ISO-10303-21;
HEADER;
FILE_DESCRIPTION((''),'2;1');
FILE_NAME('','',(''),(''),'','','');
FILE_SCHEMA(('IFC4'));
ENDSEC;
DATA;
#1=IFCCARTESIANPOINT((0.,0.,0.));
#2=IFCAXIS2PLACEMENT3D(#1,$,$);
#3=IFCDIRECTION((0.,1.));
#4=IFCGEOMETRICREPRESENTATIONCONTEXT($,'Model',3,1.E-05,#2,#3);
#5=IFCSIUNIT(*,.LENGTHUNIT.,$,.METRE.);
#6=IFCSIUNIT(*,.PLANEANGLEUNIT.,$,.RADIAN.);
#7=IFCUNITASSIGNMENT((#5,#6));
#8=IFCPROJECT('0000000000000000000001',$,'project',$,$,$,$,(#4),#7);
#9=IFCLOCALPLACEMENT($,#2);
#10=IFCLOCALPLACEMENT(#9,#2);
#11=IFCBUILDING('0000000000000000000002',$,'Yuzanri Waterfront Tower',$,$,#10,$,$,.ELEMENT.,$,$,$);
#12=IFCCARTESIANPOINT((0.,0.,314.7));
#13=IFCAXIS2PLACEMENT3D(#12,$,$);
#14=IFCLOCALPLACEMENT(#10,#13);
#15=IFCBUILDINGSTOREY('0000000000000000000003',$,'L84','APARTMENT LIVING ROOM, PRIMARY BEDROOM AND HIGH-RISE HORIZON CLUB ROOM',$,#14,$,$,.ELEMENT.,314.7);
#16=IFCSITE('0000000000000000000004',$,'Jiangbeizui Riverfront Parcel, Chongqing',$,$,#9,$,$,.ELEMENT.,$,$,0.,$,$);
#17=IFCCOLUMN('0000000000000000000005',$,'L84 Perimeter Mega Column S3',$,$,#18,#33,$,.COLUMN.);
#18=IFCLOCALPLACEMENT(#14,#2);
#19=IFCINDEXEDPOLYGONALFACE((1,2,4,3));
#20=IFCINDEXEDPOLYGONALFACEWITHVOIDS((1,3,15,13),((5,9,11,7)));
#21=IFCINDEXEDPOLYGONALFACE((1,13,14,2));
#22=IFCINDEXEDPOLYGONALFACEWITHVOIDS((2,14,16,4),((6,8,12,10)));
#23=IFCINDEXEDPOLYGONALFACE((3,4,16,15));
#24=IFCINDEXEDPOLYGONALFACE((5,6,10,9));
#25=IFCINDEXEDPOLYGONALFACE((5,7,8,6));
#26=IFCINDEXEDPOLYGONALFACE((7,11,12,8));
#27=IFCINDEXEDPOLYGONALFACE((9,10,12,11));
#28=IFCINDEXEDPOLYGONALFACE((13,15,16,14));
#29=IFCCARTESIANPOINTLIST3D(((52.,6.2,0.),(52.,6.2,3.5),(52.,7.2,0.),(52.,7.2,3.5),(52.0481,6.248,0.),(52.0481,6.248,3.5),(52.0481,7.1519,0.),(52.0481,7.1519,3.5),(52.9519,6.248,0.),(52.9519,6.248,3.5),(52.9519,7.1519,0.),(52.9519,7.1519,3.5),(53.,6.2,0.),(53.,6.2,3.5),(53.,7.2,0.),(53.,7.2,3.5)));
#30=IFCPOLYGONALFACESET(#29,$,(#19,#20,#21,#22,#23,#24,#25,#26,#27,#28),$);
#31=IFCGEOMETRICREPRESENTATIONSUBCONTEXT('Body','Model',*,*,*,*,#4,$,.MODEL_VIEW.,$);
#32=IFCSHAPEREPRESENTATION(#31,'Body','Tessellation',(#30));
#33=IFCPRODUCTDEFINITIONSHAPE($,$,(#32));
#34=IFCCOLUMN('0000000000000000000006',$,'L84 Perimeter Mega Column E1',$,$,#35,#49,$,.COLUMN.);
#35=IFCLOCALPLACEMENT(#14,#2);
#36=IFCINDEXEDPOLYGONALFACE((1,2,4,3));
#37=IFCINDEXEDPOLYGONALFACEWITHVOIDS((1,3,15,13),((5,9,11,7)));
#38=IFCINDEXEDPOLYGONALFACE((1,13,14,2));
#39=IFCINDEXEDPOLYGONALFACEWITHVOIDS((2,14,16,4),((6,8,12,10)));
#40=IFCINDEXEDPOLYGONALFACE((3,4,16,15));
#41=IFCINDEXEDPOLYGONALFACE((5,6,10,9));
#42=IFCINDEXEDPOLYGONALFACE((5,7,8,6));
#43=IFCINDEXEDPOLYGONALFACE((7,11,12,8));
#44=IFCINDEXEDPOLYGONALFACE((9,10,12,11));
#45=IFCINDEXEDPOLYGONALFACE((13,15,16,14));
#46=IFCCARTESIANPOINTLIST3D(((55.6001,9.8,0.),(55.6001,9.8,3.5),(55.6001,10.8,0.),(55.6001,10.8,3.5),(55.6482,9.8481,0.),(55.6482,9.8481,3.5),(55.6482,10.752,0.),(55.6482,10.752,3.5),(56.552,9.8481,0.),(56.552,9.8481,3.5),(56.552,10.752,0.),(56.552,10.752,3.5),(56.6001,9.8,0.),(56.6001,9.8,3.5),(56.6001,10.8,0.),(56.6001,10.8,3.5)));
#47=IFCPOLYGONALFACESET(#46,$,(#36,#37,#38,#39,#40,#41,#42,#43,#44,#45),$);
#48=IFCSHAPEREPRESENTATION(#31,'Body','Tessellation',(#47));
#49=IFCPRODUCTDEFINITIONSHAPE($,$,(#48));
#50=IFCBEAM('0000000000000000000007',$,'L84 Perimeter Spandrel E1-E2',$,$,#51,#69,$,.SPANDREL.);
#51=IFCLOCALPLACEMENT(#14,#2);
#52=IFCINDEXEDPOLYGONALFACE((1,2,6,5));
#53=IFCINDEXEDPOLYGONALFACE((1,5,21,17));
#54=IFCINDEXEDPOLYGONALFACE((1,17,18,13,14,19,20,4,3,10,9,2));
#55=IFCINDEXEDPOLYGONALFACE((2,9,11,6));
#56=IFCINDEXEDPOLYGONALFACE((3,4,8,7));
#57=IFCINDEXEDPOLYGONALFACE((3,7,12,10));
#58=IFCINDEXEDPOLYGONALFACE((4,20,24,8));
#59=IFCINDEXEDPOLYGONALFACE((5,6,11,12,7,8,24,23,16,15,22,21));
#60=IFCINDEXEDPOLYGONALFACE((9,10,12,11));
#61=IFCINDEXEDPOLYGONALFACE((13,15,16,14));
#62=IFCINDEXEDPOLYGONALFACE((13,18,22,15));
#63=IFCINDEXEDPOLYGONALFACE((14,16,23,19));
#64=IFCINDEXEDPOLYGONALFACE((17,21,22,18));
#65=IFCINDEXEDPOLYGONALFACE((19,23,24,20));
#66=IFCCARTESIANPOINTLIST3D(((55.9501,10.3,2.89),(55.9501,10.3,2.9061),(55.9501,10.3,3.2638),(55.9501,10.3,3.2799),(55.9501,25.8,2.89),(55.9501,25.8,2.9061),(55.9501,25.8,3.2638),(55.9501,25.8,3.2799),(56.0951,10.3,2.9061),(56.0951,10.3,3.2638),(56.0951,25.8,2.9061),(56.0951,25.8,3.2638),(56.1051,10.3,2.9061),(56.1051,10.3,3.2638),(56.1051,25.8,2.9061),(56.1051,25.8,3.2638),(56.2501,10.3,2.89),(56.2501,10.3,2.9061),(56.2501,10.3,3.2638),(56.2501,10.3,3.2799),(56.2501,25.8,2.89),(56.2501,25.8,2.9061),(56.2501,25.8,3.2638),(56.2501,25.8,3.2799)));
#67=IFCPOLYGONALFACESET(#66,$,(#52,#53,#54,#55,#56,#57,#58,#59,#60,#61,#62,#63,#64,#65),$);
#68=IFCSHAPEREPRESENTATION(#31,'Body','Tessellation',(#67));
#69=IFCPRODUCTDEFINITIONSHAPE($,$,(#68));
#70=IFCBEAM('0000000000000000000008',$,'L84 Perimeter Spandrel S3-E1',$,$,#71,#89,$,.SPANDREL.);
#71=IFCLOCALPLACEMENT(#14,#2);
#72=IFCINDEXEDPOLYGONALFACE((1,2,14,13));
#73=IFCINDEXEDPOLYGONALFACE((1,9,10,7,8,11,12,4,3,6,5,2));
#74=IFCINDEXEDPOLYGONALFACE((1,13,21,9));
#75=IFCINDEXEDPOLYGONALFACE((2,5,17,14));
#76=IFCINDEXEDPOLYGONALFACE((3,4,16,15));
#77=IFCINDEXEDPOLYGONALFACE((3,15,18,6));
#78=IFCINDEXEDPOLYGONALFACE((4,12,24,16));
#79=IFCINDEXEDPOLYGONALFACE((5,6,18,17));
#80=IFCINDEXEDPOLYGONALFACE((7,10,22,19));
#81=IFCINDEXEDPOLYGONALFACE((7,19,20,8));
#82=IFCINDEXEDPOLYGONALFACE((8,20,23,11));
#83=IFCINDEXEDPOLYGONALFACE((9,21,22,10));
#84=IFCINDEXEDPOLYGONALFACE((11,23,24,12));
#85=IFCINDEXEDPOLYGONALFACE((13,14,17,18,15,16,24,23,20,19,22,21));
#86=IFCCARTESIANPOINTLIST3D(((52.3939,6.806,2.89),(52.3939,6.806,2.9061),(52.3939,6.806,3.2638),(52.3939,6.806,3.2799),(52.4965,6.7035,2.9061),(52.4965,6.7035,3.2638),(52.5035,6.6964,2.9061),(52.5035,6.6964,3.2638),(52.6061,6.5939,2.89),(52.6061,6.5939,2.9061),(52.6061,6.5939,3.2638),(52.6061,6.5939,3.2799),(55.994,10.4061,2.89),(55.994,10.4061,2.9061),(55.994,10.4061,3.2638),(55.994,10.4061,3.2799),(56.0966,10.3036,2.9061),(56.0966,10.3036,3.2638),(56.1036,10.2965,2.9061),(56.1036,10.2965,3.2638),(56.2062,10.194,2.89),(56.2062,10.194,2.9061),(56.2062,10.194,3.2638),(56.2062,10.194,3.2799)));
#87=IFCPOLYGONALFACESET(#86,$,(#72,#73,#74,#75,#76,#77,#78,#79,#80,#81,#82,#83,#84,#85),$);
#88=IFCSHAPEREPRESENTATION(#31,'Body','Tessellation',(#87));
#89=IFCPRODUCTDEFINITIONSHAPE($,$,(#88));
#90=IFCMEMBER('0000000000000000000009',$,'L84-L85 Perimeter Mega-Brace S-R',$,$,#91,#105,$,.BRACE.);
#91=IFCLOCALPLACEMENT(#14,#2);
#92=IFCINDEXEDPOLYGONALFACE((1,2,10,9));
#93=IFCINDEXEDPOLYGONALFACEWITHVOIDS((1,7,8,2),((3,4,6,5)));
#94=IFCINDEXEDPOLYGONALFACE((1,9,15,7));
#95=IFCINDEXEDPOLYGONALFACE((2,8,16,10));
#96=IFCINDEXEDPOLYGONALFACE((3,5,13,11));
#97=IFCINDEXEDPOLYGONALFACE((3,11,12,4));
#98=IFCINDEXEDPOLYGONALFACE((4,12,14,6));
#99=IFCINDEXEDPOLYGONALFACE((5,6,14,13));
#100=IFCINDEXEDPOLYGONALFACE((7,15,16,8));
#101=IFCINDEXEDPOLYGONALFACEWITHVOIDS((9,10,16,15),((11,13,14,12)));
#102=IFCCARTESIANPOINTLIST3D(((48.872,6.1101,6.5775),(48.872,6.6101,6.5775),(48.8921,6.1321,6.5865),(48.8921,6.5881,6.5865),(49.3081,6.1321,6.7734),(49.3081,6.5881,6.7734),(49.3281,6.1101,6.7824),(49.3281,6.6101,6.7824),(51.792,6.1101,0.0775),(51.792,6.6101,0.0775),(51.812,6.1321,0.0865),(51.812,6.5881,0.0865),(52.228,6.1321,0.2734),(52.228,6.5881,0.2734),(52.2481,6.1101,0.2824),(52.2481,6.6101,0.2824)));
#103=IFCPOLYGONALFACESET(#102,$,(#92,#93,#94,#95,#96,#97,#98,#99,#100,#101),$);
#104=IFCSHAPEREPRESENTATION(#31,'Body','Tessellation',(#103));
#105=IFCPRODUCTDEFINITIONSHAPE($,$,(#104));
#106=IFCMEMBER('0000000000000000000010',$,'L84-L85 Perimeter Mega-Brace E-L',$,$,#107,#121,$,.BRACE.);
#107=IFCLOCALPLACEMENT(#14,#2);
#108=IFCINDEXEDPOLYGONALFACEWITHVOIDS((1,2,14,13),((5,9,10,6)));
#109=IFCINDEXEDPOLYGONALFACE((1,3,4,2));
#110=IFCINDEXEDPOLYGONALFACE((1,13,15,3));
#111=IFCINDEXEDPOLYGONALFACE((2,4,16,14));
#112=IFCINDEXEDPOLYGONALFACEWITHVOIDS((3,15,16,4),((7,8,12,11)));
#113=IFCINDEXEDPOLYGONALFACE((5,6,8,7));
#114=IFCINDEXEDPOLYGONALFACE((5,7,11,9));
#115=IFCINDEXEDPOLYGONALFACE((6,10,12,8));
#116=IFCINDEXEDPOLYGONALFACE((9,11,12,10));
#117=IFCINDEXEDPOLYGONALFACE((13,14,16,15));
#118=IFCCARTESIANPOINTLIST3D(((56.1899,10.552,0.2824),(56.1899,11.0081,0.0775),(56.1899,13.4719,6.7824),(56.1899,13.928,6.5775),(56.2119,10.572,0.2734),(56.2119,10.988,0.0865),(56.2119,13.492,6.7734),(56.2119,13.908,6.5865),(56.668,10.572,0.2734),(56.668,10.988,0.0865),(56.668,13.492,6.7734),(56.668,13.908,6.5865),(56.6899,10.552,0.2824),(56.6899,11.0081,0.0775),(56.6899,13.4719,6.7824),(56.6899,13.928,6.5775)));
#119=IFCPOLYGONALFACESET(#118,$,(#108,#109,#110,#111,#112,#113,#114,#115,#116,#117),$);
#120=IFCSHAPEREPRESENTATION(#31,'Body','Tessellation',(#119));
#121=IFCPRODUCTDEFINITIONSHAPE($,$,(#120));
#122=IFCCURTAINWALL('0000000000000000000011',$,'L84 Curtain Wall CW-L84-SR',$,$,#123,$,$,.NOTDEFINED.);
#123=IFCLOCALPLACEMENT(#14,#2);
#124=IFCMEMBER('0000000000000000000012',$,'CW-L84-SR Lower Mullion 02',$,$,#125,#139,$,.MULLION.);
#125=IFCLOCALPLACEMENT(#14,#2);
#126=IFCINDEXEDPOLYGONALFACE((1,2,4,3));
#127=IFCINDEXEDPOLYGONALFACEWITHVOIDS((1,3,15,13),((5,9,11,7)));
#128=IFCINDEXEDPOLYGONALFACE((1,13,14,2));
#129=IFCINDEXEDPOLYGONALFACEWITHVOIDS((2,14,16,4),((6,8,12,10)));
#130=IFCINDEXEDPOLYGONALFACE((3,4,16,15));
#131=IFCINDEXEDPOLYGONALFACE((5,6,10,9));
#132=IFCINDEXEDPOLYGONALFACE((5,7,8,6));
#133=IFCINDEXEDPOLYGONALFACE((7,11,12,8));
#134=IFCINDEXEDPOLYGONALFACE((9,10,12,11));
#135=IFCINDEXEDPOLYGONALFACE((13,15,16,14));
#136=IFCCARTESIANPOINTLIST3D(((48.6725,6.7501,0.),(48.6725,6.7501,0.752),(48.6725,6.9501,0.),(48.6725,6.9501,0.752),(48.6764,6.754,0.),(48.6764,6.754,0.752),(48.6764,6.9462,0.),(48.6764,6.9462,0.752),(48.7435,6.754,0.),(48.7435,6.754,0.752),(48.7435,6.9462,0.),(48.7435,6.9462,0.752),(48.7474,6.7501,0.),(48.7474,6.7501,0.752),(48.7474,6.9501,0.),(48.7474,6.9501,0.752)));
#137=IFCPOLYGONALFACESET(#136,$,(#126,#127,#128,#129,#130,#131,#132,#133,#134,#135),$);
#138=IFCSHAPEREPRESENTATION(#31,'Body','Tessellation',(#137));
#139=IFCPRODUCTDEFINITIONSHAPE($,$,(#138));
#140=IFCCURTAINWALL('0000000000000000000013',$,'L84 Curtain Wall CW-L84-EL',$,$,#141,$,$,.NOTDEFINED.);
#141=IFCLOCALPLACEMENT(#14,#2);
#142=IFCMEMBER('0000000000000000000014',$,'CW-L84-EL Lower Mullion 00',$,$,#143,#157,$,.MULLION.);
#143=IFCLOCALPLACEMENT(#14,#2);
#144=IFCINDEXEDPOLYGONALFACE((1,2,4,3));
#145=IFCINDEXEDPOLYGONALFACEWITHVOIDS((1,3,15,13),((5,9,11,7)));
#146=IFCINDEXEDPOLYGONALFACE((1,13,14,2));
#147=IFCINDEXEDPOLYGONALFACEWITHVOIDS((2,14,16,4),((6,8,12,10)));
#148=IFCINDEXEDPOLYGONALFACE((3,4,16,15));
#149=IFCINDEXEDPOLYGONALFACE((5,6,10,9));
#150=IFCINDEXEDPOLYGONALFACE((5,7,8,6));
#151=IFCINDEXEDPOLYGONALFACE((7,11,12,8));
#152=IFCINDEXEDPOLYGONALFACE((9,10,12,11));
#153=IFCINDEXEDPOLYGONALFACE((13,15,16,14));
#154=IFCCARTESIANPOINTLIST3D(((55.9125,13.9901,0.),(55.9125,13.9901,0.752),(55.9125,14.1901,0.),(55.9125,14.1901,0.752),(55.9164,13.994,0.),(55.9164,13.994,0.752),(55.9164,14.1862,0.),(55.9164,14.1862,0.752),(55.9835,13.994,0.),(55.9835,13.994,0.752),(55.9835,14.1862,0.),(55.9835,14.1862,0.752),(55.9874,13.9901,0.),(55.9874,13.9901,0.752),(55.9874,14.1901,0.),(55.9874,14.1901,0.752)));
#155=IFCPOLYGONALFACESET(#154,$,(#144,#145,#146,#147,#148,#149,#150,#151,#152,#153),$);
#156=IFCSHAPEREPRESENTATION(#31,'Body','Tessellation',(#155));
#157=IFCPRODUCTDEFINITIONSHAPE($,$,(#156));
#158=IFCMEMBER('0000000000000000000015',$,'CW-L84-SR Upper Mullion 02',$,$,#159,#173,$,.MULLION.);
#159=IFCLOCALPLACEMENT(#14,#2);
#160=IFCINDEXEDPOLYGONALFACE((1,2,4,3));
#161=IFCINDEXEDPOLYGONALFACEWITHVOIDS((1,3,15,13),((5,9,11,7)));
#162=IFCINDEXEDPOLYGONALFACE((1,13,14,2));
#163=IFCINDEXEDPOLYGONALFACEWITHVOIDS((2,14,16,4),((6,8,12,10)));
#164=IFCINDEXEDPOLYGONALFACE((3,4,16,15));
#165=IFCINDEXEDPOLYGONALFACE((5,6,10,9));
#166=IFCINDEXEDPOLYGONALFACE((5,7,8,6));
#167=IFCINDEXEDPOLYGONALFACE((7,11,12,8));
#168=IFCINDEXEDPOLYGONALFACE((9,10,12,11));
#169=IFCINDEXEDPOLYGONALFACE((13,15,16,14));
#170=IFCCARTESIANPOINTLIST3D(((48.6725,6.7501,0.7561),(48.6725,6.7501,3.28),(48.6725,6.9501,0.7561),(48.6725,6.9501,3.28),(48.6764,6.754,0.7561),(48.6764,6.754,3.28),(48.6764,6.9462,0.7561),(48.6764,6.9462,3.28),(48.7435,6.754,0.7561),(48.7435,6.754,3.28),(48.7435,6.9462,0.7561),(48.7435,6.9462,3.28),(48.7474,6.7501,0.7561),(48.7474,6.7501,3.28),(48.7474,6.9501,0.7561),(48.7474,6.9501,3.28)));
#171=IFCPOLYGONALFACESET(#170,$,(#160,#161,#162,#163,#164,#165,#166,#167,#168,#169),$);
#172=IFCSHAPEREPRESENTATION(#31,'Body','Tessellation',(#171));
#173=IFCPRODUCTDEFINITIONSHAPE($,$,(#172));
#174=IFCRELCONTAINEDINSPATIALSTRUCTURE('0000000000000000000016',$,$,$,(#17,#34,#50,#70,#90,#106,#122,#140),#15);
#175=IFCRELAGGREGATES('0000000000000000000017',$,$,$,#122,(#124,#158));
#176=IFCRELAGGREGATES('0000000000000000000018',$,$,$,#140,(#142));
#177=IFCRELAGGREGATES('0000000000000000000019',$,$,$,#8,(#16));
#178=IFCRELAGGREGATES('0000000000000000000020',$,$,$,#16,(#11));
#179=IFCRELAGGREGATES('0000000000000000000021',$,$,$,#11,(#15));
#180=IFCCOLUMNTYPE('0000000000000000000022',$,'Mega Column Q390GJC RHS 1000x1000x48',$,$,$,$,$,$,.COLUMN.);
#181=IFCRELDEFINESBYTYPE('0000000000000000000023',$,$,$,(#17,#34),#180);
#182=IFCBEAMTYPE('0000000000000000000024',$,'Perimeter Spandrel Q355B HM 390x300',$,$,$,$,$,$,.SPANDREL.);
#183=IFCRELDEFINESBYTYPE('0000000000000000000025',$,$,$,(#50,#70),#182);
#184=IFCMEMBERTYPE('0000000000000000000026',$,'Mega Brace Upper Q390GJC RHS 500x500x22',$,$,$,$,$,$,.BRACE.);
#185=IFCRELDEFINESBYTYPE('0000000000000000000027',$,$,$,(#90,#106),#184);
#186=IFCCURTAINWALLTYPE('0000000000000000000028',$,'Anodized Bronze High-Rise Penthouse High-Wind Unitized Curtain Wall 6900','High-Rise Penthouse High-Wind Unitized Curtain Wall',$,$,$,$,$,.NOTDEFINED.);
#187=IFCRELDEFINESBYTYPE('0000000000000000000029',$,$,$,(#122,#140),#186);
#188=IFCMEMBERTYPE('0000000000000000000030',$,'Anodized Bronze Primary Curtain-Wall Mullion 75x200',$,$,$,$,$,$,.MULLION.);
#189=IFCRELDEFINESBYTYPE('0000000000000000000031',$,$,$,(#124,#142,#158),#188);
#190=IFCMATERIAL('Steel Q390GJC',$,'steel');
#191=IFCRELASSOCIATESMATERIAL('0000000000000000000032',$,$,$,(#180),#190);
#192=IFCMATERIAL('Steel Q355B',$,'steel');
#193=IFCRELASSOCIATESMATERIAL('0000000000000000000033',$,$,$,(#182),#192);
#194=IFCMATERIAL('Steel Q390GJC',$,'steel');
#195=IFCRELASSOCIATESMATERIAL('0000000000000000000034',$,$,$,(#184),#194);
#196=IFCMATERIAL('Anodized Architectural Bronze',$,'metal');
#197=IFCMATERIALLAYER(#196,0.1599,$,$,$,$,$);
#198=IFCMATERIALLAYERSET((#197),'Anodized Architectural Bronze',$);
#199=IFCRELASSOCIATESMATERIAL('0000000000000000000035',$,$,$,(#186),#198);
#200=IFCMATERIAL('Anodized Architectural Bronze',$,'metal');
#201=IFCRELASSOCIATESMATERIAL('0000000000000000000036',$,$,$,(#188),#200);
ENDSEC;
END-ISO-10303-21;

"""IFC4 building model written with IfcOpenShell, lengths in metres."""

from ifc_helpers import new_model, si_unit, direction, frame, origin, origin_2d, place, context, subcontext, project, spatial, hollow_rectangle, i_section, extrude, source, transform, mapped, material, layer, layer_set, material_profile, profile_set, type_object, element, aggregate, save


model = new_model("IFC4")

# Units and contexts
model_context = context("Model", 3, precision=1e-05, world=origin(), true_north=direction((0.0, 1.0)))
body_context = subcontext(model_context, "Body", "Model", "MODEL_VIEW")
ifc_project = project(units=[si_unit("LENGTHUNIT", "METRE"), si_unit("PLANEANGLEUNIT", "RADIAN")], contexts=[model_context])

# Site, building, storey
site_placement = place(None, origin())
site = spatial("IfcSite", under=ifc_project, at=site_placement, Name="Jiangbeizui Riverfront Parcel, Chongqing", CompositionType="ELEMENT", RefElevation=0.0)
building_placement = place(site_placement, origin())
building = spatial("IfcBuilding", under=site, at=building_placement, Name="Yuzanri Waterfront Tower", CompositionType="ELEMENT")
storey_placement = place(building_placement, frame((0.0, 0.0, 314.7)))
storey = spatial("IfcBuildingStorey", under=building, at=storey_placement, Name="L84", Description="APARTMENT LIVING ROOM, PRIMARY BEDROOM AND HIGH-RISE HORIZON CLUB ROOM", CompositionType="ELEMENT", Elevation=314.7)

# Columns
ifc_material_1 = material(Name="Steel Q390GJC", Category="steel")
ifc_material_profile_1 = material_profile(ifc_material_1, hollow_rectangle(XDim=1.0, YDim=1.0, WallThickness=0.0481, at=origin_2d()), Name="RHS 1000x1000x48")
ifc_profile_set_1 = profile_set([ifc_material_profile_1], Name="Steel Q390GJC")
column_type = type_object("IfcColumnType", Name="Mega Column Q390GJC RHS 1000x1000x48", PredefinedType="COLUMN", material=ifc_profile_set_1)
shared_shape_1 = source(origin(), body_context, "Body", "SweptSolid", [
    extrude(hollow_rectangle(XDim=1.0, YDim=1.0, WallThickness=0.0481, at=origin_2d()), origin(), (0.0, 0.0, 1.0), 3.5),
])
for number, where, z_axis, x_axis, name in (
    (1, (52.5, 6.7, 0.0), (0.0, 0.0, 1.0), (1.0, 0.0, 0.0), "L84 Perimeter Mega Column S3"),
    (2, (56.1001, 10.3, 0.0), (0.0, 0.0, 1.0), (1.0, 0.0, 0.0), "L84 Perimeter Mega Column E1"),
):
    element("IfcColumn", number, at=place(storey_placement, frame(where, z_axis=z_axis, x_axis=x_axis)), inside=storey, type_object=column_type, Name=name, PredefinedType="COLUMN", context=body_context, shape_type="MappedRepresentation", body=[
        mapped(shared_shape_1, transform((0.0, 0.0, 0.0), scale=1.0)),
    ])

# Beams
ifc_material_2 = material(Name="Steel Q355B", Category="steel")
ifc_material_profile_2 = material_profile(ifc_material_2, i_section(OverallWidth=0.3, OverallDepth=0.3899, WebThickness=0.01, FlangeThickness=0.0161, at=origin_2d()), Name="HM 390x300x10x16")
ifc_profile_set_2 = profile_set([ifc_material_profile_2], Name="Steel Q355B")
beam_type = type_object("IfcBeamType", Name="Perimeter Spandrel Q355B HM 390x300", PredefinedType="SPANDREL", material=ifc_profile_set_2)
shared_shape_2 = source(origin(), body_context, "Body", "SweptSolid", [
    extrude(i_section(OverallWidth=0.3, OverallDepth=0.3899, WebThickness=0.01, FlangeThickness=0.0161, at=origin_2d()), origin(), (0.0, 0.0, 1.0), 15.5),
])
beam_1_placement = place(storey_placement, frame((56.1001, 10.3, 3.085), z_axis=(0.0, 1.0, 0.0), x_axis=(-1.0, 0.0, 0.0)))
element("IfcBeam", 3, at=beam_1_placement, inside=storey, type_object=beam_type, Name="L84 Perimeter Spandrel E1-E2", PredefinedType="SPANDREL", context=body_context, shape_type="MappedRepresentation", body=[
    mapped(shared_shape_2, transform((0.0, 0.0, 0.0), scale=1.0)),
])
shared_shape_3 = source(origin(), body_context, "Body", "SweptSolid", [
    extrude(i_section(OverallWidth=0.3, OverallDepth=0.3899, WebThickness=0.01, FlangeThickness=0.0161, at=origin_2d()), origin(), (0.0, 0.0, 1.0), 5.0913),
])
beam_2_placement = place(storey_placement, frame((52.5, 6.7, 3.085), z_axis=(0.707107, 0.707107, 0.0), x_axis=(-0.707107, 0.707107, 0.0)))
element("IfcBeam", 4, at=beam_2_placement, inside=storey, type_object=beam_type, Name="L84 Perimeter Spandrel S3-E1", PredefinedType="SPANDREL", context=body_context, shape_type="MappedRepresentation", body=[
    mapped(shared_shape_3, transform((0.0, 0.0, 0.0), scale=1.0)),
])

# Members
ifc_material_3 = material(Name="Steel Q390GJC", Category="steel")
ifc_material_profile_3 = material_profile(ifc_material_3, hollow_rectangle(XDim=0.5, YDim=0.5, WallThickness=0.022, at=origin_2d()), Name="RHS 500x500x22")
ifc_profile_set_3 = profile_set([ifc_material_profile_3], Name="Steel Q390GJC")
member_type_1 = type_object("IfcMemberType", Name="Mega Brace Upper Q390GJC RHS 500x500x22", PredefinedType="BRACE", material=ifc_profile_set_3)
shared_shape_4 = source(origin(), body_context, "Body", "SweptSolid", [
    extrude(hollow_rectangle(XDim=0.5, YDim=0.5, WallThickness=0.022, at=origin_2d()), origin(), (0.0, 0.0, 1.0), 7.1257),
])
for number, where, z_axis, x_axis, name in (
    (5, (52.02, 6.3601, 0.1799), (-0.409772, 0.0, 0.912188), (0.0, -1.0, 0.0), "L84-L85 Perimeter Mega-Brace S-R"),
    (6, (56.4399, 10.78, 0.1799), (0.0, 0.409772, 0.912188), (-1.0, 0.0, 0.0), "L84-L85 Perimeter Mega-Brace E-L"),
):
    element("IfcMember", number, at=place(storey_placement, frame(where, z_axis=z_axis, x_axis=x_axis)), inside=storey, type_object=member_type_1, Name=name, PredefinedType="BRACE", context=body_context, shape_type="MappedRepresentation", body=[
        mapped(shared_shape_4, transform((0.0, 0.0, 0.0), scale=1.0)),
    ])

# Curtain walls, members
ifc_material_4 = material(Name="Anodized Architectural Bronze", Category="metal")
ifc_layer_1 = layer(ifc_material_4, 0.1599)
ifc_layer_set_1 = layer_set([ifc_layer_1], Name="Anodized Architectural Bronze")
curtain_wall_type = type_object("IfcCurtainWallType", Name="Anodized Bronze High-Rise Penthouse High-Wind Unitized Curtain Wall 6900", Description="High-Rise Penthouse High-Wind Unitized Curtain Wall", PredefinedType="NOTDEFINED", material=ifc_layer_set_1)
curtain_wall_1_placement = place(storey_placement, origin())
curtain_wall_1 = element("IfcCurtainWall", 7, at=curtain_wall_1_placement, inside=storey, type_object=curtain_wall_type, Name="L84 Curtain Wall CW-L84-SR", PredefinedType="NOTDEFINED")
ifc_material_5 = material(Name="Anodized Architectural Bronze", Category="metal")
ifc_material_profile_4 = material_profile(ifc_material_5, hollow_rectangle(XDim=0.075, YDim=0.2, WallThickness=0.0039, at=origin_2d()), Name="CWM 75x200")
ifc_profile_set_4 = profile_set([ifc_material_profile_4], Name="Anodized Architectural Bronze")
member_type_2 = type_object("IfcMemberType", Name="Anodized Bronze Primary Curtain-Wall Mullion 75x200", PredefinedType="MULLION", material=ifc_profile_set_4)
shared_shape_5 = source(origin(), body_context, "Body", "SweptSolid", [
    extrude(hollow_rectangle(XDim=0.075, YDim=0.2, WallThickness=0.0039, at=origin_2d()), origin(), (0.0, 0.0, 1.0), 0.752),
])
member_1_placement = place(storey_placement, frame((48.71, 6.8501, 0.0), z_axis=(0.0, 0.0, 1.0), x_axis=(1.0, 0.0, 0.0)))
member_1 = element("IfcMember", 8, at=member_1_placement, type_object=member_type_2, Name="CW-L84-SR Lower Mullion 02", PredefinedType="MULLION", context=body_context, shape_type="MappedRepresentation", body=[
    mapped(shared_shape_5, transform((0.0, 0.0, 0.0), scale=1.0)),
])
curtain_wall_2_placement = place(storey_placement, origin())
curtain_wall_2 = element("IfcCurtainWall", 9, at=curtain_wall_2_placement, inside=storey, type_object=curtain_wall_type, Name="L84 Curtain Wall CW-L84-EL", PredefinedType="NOTDEFINED")
member_2_placement = place(storey_placement, frame((55.95, 14.0901, 0.0), z_axis=(0.0, 0.0, 1.0), x_axis=(1.0, 0.0, 0.0)))
member_2 = element("IfcMember", 10, at=member_2_placement, type_object=member_type_2, Name="CW-L84-EL Lower Mullion 00", PredefinedType="MULLION", context=body_context, shape_type="MappedRepresentation", body=[
    mapped(shared_shape_5, transform((0.0, 0.0, 0.0), scale=1.0)),
])

# Member
shared_shape_6 = source(origin(), body_context, "Body", "SweptSolid", [
    extrude(hollow_rectangle(XDim=0.075, YDim=0.2, WallThickness=0.0039, at=origin_2d()), origin(), (0.0, 0.0, 1.0), 2.5239),
])
member_3_placement = place(storey_placement, frame((48.71, 6.8501, 0.7561), z_axis=(0.0, 0.0, 1.0), x_axis=(1.0, 0.0, 0.0)))
member_3 = element("IfcMember", 11, at=member_3_placement, type_object=member_type_2, Name="CW-L84-SR Upper Mullion 02", PredefinedType="MULLION", context=body_context, shape_type="MappedRepresentation", body=[
    mapped(shared_shape_6, transform((0.0, 0.0, 0.0), scale=1.0)),
])
aggregate(curtain_wall_1, [member_1, member_3])
aggregate(curtain_wall_2, [member_2])

save(model, "model.ifc")
